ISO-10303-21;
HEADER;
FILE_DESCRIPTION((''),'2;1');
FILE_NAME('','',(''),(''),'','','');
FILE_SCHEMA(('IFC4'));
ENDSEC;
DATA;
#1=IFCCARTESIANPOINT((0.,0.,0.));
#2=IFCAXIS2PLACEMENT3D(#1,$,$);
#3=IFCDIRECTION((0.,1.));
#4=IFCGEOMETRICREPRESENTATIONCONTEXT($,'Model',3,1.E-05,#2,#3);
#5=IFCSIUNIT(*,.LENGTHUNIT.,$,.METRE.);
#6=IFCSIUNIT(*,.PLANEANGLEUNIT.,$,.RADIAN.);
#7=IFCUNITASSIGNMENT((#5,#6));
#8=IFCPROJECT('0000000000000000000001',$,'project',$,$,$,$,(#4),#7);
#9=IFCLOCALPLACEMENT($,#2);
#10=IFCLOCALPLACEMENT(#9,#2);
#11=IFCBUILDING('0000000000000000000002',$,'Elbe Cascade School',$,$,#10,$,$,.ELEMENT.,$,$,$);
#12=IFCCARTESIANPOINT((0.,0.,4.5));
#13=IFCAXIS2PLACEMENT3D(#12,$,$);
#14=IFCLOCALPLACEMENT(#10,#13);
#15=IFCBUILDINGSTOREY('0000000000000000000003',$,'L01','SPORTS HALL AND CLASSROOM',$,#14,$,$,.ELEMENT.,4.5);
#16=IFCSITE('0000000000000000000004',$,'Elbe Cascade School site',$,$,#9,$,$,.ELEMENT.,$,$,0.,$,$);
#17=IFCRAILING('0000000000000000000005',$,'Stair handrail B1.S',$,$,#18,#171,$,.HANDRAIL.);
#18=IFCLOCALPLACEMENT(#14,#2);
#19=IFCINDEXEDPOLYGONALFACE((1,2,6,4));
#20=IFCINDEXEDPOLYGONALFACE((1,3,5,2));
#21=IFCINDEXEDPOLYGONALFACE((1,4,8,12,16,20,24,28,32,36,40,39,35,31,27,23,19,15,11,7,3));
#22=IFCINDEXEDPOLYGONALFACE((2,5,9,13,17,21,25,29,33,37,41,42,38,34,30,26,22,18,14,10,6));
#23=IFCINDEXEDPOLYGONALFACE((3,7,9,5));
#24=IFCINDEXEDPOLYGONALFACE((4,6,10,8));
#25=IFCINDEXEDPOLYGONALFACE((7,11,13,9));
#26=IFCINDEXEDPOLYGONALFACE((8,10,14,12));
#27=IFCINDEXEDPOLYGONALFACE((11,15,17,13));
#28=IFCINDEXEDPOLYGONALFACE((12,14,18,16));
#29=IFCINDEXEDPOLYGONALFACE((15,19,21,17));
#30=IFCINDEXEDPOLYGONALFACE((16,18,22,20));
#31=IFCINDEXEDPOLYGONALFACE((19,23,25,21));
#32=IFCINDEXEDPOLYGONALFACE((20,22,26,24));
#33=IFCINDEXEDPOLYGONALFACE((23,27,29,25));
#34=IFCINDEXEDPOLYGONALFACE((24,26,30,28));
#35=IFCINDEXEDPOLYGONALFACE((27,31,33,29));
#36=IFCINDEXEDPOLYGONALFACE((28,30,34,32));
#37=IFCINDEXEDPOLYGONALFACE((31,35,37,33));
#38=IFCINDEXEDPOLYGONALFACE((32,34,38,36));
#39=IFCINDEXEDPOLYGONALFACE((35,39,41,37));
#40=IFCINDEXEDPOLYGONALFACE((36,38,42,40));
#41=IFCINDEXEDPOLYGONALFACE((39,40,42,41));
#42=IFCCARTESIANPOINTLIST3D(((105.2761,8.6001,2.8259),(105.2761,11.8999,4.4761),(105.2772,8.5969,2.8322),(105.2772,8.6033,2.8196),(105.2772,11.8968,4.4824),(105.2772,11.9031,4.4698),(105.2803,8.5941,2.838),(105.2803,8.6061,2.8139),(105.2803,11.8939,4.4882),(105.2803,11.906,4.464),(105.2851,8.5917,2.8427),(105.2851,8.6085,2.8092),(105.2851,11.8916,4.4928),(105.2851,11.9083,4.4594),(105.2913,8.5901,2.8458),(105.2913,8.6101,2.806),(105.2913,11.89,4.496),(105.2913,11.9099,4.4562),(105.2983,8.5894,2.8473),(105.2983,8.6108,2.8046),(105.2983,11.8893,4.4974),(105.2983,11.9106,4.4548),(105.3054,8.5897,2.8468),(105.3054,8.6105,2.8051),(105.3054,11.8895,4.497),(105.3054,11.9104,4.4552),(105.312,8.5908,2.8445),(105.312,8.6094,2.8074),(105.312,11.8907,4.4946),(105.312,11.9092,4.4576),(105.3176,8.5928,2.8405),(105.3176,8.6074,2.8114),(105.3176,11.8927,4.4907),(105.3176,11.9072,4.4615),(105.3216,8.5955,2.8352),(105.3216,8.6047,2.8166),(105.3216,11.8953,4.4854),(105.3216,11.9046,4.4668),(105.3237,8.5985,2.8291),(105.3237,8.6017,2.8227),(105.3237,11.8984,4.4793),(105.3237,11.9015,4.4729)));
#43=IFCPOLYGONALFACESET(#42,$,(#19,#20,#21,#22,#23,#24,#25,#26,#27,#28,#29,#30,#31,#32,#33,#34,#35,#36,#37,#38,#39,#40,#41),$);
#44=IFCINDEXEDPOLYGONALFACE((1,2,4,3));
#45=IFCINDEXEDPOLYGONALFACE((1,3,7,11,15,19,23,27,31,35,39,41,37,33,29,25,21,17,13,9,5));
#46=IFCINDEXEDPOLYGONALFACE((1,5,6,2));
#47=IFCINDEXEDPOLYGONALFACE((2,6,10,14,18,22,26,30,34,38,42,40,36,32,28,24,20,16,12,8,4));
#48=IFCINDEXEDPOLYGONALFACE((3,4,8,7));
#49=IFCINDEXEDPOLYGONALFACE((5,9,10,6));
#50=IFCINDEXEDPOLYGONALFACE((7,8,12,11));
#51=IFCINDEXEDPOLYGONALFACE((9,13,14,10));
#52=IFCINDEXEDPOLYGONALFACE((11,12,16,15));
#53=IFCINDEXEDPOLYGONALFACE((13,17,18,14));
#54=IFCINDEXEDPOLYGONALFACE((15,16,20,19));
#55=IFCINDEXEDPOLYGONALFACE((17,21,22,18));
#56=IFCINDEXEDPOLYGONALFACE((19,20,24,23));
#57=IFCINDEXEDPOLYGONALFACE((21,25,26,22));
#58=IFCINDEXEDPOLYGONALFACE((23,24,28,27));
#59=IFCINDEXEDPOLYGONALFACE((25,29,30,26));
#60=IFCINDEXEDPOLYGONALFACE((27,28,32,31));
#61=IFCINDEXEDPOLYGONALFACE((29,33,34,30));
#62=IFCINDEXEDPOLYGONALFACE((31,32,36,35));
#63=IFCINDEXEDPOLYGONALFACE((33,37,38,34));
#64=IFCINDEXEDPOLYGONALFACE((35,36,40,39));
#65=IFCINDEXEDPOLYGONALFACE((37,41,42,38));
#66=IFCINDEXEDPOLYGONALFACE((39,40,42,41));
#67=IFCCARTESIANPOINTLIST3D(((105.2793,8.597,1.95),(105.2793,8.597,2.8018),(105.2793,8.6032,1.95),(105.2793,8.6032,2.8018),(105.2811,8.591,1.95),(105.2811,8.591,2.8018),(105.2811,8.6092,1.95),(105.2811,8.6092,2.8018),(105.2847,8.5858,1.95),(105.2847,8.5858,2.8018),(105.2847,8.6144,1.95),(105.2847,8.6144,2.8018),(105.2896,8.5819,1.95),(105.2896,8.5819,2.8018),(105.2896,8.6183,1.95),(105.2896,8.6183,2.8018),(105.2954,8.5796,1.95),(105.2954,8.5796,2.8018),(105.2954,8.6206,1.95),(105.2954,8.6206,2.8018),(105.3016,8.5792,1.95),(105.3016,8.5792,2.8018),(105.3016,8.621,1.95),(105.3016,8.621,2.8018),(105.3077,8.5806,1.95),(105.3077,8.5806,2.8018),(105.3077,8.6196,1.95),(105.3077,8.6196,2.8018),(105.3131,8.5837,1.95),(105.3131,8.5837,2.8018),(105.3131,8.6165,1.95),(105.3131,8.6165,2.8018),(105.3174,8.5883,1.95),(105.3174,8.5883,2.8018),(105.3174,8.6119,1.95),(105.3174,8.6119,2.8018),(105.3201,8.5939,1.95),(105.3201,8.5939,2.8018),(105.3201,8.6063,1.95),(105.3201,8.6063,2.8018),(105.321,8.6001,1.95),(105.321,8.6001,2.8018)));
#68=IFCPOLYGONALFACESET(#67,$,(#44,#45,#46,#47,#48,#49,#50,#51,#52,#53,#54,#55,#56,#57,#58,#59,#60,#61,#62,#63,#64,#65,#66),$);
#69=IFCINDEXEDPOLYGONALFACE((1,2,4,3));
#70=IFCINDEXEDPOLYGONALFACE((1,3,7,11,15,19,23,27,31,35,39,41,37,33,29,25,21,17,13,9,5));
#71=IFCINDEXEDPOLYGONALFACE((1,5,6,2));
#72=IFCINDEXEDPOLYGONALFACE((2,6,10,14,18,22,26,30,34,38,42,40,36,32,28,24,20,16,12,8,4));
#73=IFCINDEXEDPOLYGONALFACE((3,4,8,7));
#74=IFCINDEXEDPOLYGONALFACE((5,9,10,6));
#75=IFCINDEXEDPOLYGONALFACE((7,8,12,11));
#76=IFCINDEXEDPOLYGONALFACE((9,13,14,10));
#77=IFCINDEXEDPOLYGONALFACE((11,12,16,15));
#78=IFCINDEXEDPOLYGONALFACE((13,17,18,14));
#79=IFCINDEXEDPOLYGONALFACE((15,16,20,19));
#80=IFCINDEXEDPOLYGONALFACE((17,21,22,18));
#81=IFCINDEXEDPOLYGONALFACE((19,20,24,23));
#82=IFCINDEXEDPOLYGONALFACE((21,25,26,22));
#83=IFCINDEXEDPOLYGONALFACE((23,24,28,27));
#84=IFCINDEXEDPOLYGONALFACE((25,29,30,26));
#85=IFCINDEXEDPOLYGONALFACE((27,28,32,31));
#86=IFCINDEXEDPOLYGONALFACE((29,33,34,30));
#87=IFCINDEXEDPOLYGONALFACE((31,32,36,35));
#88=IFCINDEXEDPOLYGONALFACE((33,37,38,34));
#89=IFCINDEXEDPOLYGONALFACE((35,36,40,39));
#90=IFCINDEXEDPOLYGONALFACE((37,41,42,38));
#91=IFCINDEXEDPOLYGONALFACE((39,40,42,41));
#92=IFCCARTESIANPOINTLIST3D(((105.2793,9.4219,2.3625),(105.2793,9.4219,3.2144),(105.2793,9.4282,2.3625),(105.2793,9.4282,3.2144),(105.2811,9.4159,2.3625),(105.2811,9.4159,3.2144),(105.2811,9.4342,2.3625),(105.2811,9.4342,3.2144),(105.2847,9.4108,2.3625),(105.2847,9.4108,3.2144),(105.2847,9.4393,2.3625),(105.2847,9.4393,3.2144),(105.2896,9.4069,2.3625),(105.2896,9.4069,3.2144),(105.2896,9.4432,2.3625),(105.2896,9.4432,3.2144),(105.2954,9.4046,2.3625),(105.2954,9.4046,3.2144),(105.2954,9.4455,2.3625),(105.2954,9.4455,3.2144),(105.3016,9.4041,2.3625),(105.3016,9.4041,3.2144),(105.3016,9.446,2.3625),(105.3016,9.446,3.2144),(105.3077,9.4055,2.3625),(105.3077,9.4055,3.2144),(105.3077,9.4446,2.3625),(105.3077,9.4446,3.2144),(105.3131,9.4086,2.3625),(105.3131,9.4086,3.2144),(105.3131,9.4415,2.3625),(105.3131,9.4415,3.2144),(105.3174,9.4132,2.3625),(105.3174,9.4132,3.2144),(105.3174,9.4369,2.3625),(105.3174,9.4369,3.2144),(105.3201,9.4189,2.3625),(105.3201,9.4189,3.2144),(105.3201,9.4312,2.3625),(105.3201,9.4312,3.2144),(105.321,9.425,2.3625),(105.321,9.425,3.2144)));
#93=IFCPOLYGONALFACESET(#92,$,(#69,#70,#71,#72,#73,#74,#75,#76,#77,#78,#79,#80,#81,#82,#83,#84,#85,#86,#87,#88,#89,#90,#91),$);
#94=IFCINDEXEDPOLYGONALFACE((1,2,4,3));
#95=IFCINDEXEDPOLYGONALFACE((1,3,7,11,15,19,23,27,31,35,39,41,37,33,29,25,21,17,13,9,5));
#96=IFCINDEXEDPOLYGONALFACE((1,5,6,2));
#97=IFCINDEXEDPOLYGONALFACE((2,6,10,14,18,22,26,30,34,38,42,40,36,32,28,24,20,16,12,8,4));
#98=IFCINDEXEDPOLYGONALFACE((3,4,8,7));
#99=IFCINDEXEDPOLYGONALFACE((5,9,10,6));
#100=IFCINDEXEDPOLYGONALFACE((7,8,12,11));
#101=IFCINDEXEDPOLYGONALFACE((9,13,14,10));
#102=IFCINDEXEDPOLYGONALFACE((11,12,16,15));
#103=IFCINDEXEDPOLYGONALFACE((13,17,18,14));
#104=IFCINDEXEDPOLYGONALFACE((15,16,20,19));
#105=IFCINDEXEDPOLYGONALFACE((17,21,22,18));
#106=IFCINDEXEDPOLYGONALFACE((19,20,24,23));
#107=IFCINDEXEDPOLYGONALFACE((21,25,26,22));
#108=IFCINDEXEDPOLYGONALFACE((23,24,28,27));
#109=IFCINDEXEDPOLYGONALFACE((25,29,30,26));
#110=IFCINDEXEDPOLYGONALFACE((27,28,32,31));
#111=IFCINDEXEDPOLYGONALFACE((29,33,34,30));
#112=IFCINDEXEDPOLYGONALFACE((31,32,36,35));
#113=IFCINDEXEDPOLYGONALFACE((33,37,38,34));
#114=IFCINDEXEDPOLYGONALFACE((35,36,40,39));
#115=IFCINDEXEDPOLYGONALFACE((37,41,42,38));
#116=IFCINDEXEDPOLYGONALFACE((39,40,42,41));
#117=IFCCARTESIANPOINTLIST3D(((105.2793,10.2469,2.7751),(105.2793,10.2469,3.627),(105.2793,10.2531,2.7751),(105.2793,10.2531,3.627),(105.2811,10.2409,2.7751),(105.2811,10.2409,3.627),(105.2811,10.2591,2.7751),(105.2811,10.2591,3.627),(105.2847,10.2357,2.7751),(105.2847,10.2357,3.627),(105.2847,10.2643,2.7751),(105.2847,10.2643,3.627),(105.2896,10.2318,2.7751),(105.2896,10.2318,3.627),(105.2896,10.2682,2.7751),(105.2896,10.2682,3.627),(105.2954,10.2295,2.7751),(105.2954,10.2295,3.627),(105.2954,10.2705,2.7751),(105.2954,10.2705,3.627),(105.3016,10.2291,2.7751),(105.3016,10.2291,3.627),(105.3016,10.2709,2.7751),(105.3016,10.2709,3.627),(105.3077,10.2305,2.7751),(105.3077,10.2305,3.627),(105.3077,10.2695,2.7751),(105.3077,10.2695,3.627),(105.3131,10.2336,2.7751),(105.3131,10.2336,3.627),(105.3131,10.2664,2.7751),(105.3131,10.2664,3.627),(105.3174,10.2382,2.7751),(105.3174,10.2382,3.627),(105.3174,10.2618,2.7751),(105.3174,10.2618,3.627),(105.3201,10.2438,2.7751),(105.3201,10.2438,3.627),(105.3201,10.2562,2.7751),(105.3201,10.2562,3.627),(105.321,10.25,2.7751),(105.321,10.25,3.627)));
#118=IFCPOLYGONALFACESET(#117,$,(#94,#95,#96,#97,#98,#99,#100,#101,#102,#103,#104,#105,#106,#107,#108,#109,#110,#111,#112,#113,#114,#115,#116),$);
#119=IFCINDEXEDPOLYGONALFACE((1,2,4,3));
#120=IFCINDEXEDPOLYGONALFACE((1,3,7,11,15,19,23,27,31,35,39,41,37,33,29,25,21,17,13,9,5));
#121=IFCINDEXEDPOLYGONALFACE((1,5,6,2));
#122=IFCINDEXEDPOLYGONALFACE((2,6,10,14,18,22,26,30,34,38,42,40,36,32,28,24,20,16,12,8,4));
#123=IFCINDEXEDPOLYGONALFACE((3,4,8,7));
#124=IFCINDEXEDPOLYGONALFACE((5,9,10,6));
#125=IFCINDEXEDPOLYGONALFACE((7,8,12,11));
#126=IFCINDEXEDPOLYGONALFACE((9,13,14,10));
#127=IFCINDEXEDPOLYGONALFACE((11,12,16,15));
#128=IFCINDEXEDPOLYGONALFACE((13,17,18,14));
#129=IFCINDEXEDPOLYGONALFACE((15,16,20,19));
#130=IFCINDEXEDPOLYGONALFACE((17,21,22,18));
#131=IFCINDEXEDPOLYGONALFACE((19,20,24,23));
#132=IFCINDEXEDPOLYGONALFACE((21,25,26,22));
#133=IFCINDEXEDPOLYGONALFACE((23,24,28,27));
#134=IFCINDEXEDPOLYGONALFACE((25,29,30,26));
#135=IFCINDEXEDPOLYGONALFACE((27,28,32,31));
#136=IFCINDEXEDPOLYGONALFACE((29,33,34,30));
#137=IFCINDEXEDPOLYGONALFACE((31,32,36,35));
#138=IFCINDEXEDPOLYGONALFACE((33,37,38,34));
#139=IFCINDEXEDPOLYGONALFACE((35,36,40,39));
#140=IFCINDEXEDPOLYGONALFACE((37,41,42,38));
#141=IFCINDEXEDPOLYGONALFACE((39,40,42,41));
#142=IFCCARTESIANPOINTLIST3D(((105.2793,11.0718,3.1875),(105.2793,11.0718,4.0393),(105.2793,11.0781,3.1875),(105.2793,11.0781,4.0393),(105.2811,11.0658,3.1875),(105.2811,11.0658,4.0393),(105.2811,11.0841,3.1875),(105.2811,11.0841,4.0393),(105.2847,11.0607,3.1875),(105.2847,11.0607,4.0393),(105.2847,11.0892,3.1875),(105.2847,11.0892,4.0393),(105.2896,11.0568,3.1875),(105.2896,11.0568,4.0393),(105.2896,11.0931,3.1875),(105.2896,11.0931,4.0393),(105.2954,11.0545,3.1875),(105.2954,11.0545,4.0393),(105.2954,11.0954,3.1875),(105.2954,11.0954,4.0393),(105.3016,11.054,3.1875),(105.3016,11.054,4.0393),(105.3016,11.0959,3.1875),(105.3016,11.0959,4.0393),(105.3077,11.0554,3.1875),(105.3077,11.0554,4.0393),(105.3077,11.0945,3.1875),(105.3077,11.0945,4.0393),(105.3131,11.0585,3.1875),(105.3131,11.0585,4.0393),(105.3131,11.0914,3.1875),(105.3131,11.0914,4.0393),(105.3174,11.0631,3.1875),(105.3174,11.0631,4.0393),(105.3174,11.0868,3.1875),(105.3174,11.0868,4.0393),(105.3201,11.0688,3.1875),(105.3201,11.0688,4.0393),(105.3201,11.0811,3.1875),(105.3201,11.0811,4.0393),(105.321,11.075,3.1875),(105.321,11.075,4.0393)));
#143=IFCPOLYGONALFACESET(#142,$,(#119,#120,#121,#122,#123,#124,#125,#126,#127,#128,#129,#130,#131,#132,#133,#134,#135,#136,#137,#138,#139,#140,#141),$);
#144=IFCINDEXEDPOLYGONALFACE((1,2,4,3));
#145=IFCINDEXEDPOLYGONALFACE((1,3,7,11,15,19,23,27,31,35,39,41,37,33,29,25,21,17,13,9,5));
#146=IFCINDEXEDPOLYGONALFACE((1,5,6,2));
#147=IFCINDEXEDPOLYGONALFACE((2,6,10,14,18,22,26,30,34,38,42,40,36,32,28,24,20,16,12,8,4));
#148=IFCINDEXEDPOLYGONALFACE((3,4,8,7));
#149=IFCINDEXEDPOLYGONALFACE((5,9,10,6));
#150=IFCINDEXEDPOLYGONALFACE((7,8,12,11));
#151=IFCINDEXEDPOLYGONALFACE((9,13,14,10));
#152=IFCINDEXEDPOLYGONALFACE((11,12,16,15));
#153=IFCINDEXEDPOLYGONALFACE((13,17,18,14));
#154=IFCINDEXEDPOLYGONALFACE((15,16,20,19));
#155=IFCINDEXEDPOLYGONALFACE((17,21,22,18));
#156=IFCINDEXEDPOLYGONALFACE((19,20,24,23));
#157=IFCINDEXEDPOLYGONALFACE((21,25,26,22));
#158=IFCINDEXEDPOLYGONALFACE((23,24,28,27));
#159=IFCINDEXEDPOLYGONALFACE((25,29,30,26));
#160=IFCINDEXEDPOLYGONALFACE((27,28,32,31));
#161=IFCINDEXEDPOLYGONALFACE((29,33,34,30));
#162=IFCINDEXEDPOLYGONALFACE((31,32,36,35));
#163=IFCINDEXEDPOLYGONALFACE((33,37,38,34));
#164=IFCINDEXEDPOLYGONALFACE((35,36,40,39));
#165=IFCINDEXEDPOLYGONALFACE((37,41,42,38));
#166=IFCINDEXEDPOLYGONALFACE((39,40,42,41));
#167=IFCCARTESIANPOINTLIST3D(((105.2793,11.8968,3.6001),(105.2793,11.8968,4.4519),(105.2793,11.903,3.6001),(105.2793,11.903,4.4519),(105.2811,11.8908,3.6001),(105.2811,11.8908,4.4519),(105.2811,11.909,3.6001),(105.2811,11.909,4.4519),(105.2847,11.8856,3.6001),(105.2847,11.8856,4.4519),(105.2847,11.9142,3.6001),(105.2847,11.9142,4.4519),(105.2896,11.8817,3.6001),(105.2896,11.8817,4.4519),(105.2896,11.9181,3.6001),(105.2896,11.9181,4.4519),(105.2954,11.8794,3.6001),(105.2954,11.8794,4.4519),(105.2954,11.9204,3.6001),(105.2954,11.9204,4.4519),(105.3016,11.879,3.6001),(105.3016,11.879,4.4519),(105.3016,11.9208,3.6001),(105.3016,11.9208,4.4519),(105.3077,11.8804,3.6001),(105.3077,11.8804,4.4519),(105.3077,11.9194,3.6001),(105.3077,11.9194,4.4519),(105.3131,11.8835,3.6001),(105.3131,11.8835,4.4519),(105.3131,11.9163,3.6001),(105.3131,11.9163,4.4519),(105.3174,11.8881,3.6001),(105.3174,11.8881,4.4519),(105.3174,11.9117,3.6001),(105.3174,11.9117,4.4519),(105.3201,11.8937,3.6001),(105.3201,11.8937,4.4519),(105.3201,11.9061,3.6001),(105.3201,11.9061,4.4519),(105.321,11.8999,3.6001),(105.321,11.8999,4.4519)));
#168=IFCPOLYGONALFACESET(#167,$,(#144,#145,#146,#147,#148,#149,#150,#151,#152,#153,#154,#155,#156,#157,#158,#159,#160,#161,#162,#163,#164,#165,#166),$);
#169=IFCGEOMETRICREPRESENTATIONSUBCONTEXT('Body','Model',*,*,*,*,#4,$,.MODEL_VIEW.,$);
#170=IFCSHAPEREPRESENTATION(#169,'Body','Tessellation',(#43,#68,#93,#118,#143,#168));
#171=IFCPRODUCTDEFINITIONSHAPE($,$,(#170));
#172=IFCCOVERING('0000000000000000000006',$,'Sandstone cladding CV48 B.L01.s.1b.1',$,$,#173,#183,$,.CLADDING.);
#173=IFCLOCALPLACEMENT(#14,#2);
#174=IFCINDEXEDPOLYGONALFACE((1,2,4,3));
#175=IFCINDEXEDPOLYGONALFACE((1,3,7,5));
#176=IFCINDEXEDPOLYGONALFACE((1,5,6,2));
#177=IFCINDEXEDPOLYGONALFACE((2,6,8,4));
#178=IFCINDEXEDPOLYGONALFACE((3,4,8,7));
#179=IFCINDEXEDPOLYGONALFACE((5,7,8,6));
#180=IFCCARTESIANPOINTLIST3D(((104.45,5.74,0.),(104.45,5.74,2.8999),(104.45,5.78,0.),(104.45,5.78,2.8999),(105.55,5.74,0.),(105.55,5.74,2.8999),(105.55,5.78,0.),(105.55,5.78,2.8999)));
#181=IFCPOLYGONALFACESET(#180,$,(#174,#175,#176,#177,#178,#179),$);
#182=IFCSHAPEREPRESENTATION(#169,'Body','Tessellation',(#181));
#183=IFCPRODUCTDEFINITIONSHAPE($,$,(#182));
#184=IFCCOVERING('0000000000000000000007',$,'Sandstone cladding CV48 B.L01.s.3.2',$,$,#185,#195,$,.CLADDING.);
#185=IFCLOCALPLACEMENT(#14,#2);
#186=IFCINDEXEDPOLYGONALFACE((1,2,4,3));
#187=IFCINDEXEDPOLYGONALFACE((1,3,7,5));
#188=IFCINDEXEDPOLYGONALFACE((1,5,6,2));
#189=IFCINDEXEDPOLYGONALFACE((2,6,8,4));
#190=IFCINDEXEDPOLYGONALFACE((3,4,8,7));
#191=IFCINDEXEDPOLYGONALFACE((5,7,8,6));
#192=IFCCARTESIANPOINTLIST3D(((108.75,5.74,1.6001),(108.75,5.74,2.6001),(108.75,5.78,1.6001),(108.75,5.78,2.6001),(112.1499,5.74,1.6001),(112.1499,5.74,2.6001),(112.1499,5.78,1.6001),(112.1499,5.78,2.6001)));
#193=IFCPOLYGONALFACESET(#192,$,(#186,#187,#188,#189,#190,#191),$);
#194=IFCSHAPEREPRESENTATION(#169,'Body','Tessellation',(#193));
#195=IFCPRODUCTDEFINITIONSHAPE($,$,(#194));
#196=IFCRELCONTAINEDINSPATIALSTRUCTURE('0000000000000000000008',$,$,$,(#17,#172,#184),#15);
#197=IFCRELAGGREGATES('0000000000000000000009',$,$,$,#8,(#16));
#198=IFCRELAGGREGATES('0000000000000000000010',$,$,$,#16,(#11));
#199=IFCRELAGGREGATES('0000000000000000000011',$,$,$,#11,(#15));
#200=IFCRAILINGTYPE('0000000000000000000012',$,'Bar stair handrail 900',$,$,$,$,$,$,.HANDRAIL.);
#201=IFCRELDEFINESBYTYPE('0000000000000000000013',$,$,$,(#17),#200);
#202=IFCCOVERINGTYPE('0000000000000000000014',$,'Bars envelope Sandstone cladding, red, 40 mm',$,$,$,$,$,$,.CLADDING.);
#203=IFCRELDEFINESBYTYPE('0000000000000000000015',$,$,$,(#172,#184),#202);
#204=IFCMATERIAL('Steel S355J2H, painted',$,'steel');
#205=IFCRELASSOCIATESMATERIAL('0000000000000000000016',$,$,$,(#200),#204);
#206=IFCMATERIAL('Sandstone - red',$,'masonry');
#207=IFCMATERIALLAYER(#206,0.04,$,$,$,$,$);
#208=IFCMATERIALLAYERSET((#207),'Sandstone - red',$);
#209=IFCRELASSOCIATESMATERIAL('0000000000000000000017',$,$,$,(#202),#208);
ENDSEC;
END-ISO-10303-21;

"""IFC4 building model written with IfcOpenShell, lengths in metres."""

from ifc_helpers import new_model, si_unit, direction, frame, origin, origin_2d, place, context, subcontext, project, spatial, rectangle, circle, extrude, material, layer, layer_set, type_object, element, save


model = new_model("IFC4")

# Units and contexts
model_context = context("Model", 3, precision=1e-05, world=origin(), true_north=direction((0.0, 1.0)))
body_context = subcontext(model_context, "Body", "Model", "MODEL_VIEW")
ifc_project = project(units=[si_unit("LENGTHUNIT", "METRE"), si_unit("PLANEANGLEUNIT", "RADIAN")], contexts=[model_context])

# Site, building, storey
site_placement = place(None, origin())
site = spatial("IfcSite", under=ifc_project, at=site_placement, Name="Elbe Cascade School site", CompositionType="ELEMENT", RefElevation=0.0)
building_placement = place(site_placement, origin())
building = spatial("IfcBuilding", under=site, at=building_placement, Name="Elbe Cascade School", CompositionType="ELEMENT")
storey_placement = place(building_placement, frame((0.0, 0.0, 4.5)))
storey = spatial("IfcBuildingStorey", under=building, at=storey_placement, Name="L01", Description="SPORTS HALL AND CLASSROOM", CompositionType="ELEMENT", Elevation=4.5)

# Railing
ifc_material_1 = material(Name="Steel S355J2H, painted", Category="steel")
railing_type = type_object("IfcRailingType", Name="Bar stair handrail 900", PredefinedType="HANDRAIL", material=ifc_material_1)
railing_placement = place(storey_placement, frame((105.3, 8.6001, 1.95)))
element("IfcRailing", 1, at=railing_placement, inside=storey, type_object=railing_type, Name="Stair handrail B1.S", PredefinedType="HANDRAIL", context=body_context, shape_type="SweptSolid", body=[
    extrude(circle(Radius=0.0239, at=origin_2d()), frame((0.0, 0.0, 0.876), z_axis=(0.0, 0.894401, 0.447267), x_axis=(-1.0, 0.0, 0.0)), (0.0, 0.0, 1.0), 3.6895),
    extrude(circle(Radius=0.021, at=origin_2d()), origin(), (0.0, 0.0, 1.0), 0.8518),
    extrude(circle(Radius=0.021, at=origin_2d()), frame((0.0, 0.825, 0.4126)), (0.0, 0.0, 1.0), 0.8518),
    extrude(circle(Radius=0.021, at=origin_2d()), frame((0.0, 1.6499, 0.8252)), (0.0, 0.0, 1.0), 0.8518),
    extrude(circle(Radius=0.021, at=origin_2d()), frame((0.0, 2.4749, 1.2375)), (0.0, 0.0, 1.0), 0.8518),
    extrude(circle(Radius=0.021, at=origin_2d()), frame((0.0, 3.2998, 1.6501)), (0.0, 0.0, 1.0), 0.8518),
])

# Coverings
ifc_material_2 = material(Name="Sandstone - red", Category="masonry")
ifc_layer_1 = layer(ifc_material_2, 0.04)
ifc_layer_set_1 = layer_set([ifc_layer_1], Name="Sandstone - red")
covering_type = type_object("IfcCoveringType", Name="Bars envelope Sandstone cladding, red, 40 mm", PredefinedType="CLADDING", material=ifc_layer_set_1)
covering_1_placement = place(storey_placement, frame((105.0, 5.76, 0.0), z_axis=(0.0, 0.0, 1.0), x_axis=(1.0, 0.0, 0.0)))
element("IfcCovering", 2, at=covering_1_placement, inside=storey, type_object=covering_type, Name="Sandstone cladding CV48 B.L01.s.1b.1", PredefinedType="CLADDING", context=body_context, shape_type="SweptSolid", body=[
    extrude(rectangle(XDim=1.1001, YDim=0.04, at=origin_2d()), origin(), (0.0, 0.0, 1.0), 2.8999),
])
covering_2_placement = place(storey_placement, frame((110.45, 5.76, 1.6001), z_axis=(0.0, 0.0, 1.0), x_axis=(1.0, 0.0, 0.0)))
element("IfcCovering", 3, at=covering_2_placement, inside=storey, type_object=covering_type, Name="Sandstone cladding CV48 B.L01.s.3.2", PredefinedType="CLADDING", context=body_context, shape_type="SweptSolid", body=[
    extrude(rectangle(XDim=3.3999, YDim=0.04, at=origin_2d()), origin(), (0.0, 0.0, 1.0), 1.0),
])

save(model, "model.ifc")
